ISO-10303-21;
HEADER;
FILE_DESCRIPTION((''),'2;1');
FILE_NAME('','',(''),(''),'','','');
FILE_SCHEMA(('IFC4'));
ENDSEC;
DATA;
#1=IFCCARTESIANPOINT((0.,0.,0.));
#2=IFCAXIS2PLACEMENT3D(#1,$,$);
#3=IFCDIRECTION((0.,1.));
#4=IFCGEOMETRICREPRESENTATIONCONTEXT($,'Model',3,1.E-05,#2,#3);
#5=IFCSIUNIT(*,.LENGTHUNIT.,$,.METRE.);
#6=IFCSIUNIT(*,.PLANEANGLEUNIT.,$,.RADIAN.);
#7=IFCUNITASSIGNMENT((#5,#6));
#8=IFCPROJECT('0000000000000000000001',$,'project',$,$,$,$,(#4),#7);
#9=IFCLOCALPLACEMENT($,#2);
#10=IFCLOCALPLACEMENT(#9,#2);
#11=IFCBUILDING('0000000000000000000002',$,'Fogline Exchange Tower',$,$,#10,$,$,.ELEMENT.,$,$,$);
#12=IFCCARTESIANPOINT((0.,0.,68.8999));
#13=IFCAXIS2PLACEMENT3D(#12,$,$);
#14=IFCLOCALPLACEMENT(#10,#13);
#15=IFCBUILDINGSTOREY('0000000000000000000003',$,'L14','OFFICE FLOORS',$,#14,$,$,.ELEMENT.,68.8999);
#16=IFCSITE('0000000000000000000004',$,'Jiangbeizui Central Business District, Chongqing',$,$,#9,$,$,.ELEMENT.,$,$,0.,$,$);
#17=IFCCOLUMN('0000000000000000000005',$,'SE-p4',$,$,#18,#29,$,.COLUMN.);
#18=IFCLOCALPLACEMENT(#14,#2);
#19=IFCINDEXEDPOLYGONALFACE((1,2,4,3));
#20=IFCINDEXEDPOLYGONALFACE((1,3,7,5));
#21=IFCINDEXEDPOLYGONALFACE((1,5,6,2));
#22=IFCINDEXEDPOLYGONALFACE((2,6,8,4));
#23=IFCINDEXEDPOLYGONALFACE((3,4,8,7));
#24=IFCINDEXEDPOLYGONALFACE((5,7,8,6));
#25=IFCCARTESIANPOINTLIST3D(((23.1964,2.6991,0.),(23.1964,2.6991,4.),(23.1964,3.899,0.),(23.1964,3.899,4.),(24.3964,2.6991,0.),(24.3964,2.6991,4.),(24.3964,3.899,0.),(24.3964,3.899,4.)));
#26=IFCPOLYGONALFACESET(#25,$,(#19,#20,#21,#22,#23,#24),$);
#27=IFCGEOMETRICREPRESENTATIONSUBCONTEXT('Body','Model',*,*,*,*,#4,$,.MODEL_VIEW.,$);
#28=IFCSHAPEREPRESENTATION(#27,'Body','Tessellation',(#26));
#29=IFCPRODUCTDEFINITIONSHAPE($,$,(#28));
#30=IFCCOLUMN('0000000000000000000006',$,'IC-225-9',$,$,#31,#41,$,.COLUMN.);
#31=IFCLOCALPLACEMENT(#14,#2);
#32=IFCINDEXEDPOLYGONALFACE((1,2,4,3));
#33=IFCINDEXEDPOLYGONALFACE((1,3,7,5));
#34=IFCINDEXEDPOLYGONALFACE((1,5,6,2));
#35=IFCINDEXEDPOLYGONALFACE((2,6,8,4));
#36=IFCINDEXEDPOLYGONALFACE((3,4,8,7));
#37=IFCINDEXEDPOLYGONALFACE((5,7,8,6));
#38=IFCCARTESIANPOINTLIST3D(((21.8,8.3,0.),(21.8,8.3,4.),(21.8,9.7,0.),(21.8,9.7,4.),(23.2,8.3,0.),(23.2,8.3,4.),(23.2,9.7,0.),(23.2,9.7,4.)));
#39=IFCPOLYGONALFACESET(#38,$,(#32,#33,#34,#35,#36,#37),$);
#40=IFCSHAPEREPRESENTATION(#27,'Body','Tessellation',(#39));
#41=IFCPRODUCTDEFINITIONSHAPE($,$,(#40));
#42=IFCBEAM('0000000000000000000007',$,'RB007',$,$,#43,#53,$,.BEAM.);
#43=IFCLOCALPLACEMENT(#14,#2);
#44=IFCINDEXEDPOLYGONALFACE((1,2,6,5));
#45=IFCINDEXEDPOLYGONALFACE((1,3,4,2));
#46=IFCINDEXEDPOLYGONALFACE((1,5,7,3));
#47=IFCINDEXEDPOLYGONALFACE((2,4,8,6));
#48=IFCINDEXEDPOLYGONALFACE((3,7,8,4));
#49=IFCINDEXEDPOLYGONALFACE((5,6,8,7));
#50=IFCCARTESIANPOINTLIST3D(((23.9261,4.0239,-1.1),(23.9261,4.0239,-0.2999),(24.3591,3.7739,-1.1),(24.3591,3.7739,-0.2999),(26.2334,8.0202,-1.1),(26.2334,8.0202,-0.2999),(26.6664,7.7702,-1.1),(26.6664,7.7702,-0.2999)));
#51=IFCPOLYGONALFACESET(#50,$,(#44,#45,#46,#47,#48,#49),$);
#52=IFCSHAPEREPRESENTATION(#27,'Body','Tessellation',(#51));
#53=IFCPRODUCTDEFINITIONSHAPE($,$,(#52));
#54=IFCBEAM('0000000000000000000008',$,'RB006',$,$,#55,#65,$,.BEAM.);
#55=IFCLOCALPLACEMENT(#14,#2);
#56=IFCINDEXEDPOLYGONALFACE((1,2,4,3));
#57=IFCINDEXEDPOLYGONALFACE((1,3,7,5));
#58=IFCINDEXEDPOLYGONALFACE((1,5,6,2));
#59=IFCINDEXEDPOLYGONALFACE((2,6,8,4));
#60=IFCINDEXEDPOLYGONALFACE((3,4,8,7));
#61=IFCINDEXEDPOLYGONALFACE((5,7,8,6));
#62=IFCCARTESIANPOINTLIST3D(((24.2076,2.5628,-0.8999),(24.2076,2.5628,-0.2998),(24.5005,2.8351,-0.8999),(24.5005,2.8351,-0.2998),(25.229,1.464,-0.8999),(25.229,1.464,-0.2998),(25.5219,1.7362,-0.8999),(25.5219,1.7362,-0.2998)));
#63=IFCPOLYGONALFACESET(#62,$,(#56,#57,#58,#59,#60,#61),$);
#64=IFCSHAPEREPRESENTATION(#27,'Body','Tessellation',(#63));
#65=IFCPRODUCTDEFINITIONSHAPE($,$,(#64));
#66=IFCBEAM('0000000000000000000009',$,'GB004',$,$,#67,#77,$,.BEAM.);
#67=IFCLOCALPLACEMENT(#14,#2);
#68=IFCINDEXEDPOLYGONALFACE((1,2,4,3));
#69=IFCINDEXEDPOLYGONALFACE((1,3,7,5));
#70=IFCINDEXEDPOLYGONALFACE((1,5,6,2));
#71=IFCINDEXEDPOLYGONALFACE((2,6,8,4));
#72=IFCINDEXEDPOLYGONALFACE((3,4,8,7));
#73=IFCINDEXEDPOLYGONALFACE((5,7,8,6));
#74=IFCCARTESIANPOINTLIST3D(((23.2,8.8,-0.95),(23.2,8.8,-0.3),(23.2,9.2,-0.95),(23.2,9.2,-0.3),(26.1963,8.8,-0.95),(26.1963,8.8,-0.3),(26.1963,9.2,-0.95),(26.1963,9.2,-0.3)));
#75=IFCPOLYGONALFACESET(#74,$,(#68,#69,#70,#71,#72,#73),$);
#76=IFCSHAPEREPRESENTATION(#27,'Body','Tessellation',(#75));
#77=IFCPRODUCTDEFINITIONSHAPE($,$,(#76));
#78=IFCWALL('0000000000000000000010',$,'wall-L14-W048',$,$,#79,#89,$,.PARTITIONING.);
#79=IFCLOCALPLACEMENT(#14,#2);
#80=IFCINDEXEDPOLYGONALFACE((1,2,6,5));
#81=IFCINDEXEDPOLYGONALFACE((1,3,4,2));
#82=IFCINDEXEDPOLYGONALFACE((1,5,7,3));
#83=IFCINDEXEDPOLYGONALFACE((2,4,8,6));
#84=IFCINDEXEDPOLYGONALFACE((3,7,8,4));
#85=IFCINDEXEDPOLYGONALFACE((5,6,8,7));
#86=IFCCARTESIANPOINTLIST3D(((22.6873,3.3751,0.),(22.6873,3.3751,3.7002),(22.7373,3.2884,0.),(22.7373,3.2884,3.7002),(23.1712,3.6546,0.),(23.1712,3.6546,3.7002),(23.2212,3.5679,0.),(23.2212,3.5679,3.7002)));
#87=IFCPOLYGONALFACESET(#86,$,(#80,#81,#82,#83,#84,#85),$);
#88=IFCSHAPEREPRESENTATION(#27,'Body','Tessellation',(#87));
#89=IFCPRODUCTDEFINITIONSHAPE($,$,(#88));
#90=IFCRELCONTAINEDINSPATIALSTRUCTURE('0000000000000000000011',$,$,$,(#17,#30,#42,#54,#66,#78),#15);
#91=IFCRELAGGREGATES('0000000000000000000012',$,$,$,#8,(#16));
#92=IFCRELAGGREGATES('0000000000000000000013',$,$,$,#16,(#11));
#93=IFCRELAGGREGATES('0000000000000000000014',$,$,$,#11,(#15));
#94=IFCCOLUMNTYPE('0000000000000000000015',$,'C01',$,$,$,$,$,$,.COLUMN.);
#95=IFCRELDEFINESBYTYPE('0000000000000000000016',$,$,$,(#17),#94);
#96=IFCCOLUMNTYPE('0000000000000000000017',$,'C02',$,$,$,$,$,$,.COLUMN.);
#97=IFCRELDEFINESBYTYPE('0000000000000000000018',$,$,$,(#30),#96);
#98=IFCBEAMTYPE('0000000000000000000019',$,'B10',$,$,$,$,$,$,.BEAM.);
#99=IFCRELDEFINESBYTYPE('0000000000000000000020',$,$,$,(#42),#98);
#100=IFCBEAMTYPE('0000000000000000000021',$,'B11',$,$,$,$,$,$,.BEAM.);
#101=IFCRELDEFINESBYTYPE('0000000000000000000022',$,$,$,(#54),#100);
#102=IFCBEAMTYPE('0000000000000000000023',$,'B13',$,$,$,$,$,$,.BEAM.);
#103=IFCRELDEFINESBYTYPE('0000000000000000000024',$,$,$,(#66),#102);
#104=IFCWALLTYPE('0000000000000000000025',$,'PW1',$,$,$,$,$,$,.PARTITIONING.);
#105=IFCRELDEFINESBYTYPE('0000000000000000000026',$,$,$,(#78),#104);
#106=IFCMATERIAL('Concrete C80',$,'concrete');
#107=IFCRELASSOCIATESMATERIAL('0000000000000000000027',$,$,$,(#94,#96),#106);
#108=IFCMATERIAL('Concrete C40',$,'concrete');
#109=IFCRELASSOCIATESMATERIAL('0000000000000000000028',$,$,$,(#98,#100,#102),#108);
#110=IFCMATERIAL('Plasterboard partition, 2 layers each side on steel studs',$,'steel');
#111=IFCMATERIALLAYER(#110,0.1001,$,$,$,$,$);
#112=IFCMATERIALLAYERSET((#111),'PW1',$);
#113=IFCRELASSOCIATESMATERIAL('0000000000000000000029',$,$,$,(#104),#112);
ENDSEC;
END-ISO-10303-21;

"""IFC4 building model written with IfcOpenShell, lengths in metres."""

from ifc_helpers import new_model, si_unit, direction, frame, frame_2d, origin, origin_2d, place, context, subcontext, project, spatial, rectangle, extrude, material, layer, layer_set, material_profile, profile_set, type_object, element, save


model = new_model("IFC4")

# Units and contexts
model_context = context("Model", 3, precision=1e-05, world=origin(), true_north=direction((0.0, 1.0)))
body_context = subcontext(model_context, "Body", "Model", "MODEL_VIEW")
ifc_project = project(units=[si_unit("LENGTHUNIT", "METRE"), si_unit("PLANEANGLEUNIT", "RADIAN")], contexts=[model_context])

# Site, building, storey
site_placement = place(None, origin())
site = spatial("IfcSite", under=ifc_project, at=site_placement, Name="Jiangbeizui Central Business District, Chongqing", CompositionType="ELEMENT", RefElevation=0.0)
building_placement = place(site_placement, origin())
building = spatial("IfcBuilding", under=site, at=building_placement, Name="Fogline Exchange Tower", CompositionType="ELEMENT")
storey_placement = place(building_placement, frame((0.0, 0.0, 68.8999)))
storey = spatial("IfcBuildingStorey", under=building, at=storey_placement, Name="L14", Description="OFFICE FLOORS", CompositionType="ELEMENT", Elevation=68.8999)

# Columns
ifc_material_1 = material(Name="Concrete C80", Category="concrete")
ifc_material_profile_1 = material_profile(ifc_material_1, rectangle(XDim=1.2, YDim=1.2, at=origin_2d()), Name="RC 1200x1200")
ifc_profile_set_1 = profile_set([ifc_material_profile_1], Name="Concrete C80")
column_type_1 = type_object("IfcColumnType", Name="C01", PredefinedType="COLUMN", material=ifc_profile_set_1)
column_1_placement = place(storey_placement, frame((23.7964, 3.2991, 0.0), z_axis=(0.0, 0.0, 1.0), x_axis=(1.0, 0.0, 0.0)))
element("IfcColumn", 1, at=column_1_placement, inside=storey, type_object=column_type_1, Name="SE-p4", PredefinedType="COLUMN", context=body_context, shape_type="SweptSolid", body=[
    extrude(rectangle(XDim=1.2, YDim=1.2, at=origin_2d()), origin(), (0.0, 0.0, 1.0), 4.0),
])
ifc_material_profile_2 = material_profile(ifc_material_1, rectangle(XDim=1.3999, YDim=1.3999, at=origin_2d()), Name="RC 1400x1400")
ifc_profile_set_2 = profile_set([ifc_material_profile_2], Name="Concrete C80")
column_type_2 = type_object("IfcColumnType", Name="C02", PredefinedType="COLUMN", material=ifc_profile_set_2)
column_2_placement = place(storey_placement, frame((22.5, 9.0, 0.0), z_axis=(0.0, 0.0, 1.0), x_axis=(1.0, 0.0, 0.0)))
element("IfcColumn", 2, at=column_2_placement, inside=storey, type_object=column_type_2, Name="IC-225-9", PredefinedType="COLUMN", context=body_context, shape_type="SweptSolid", body=[
    extrude(rectangle(XDim=1.3999, YDim=1.3999, at=origin_2d()), origin(), (0.0, 0.0, 1.0), 4.0),
])

# Beams
ifc_material_2 = material(Name="Concrete C40", Category="concrete")
ifc_material_profile_3 = material_profile(ifc_material_2, rectangle(XDim=0.5, YDim=0.8, at=origin_2d()), Name="RC 500x800")
ifc_profile_set_3 = profile_set([ifc_material_profile_3], Name="Concrete C40")
beam_type_1 = type_object("IfcBeamType", Name="B10", PredefinedType="BEAM", material=ifc_profile_set_3)
beam_1_placement = place(storey_placement, frame((24.1426, 3.8989, -0.7), z_axis=(0.500014, 0.866017, 0.0), x_axis=(-0.866017, 0.500014, 0.0)))
element("IfcBeam", 3, at=beam_1_placement, inside=storey, type_object=beam_type_1, Name="RB007", PredefinedType="BEAM", context=body_context, shape_type="SweptSolid", body=[
    extrude(rectangle(XDim=0.5, YDim=0.8, at=origin_2d()), origin(), (0.0, 0.0, 1.0), 4.6145),
])
ifc_material_profile_4 = material_profile(ifc_material_2, rectangle(XDim=0.3999, YDim=0.6001, at=origin_2d()), Name="RC 400x600")
ifc_profile_set_4 = profile_set([ifc_material_profile_4], Name="Concrete C40")
beam_type_2 = type_object("IfcBeamType", Name="B11", PredefinedType="BEAM", material=ifc_profile_set_4)
beam_2_placement = place(storey_placement, frame((25.3755, 1.6001, -0.5999), z_axis=(-0.680844, 0.732428, 0.0), x_axis=(-0.732428, -0.680844, 0.0)))
element("IfcBeam", 4, at=beam_2_placement, inside=storey, type_object=beam_type_2, Name="RB006", PredefinedType="BEAM", context=body_context, shape_type="SweptSolid", body=[
    extrude(rectangle(XDim=0.3999, YDim=0.6001, at=origin_2d()), origin(), (0.0, 0.0, 1.0), 1.5002),
])
ifc_material_profile_5 = material_profile(ifc_material_2, rectangle(XDim=0.3999, YDim=0.6499, at=origin_2d()), Name="RC 400x650")
ifc_profile_set_5 = profile_set([ifc_material_profile_5], Name="Concrete C40")
beam_type_3 = type_object("IfcBeamType", Name="B13", PredefinedType="BEAM", material=ifc_profile_set_5)
beam_3_placement = place(storey_placement, frame((23.2, 9.0, -0.625), z_axis=(1.0, 0.0, 0.0), x_axis=(0.0, 1.0, 0.0)))
element("IfcBeam", 5, at=beam_3_placement, inside=storey, type_object=beam_type_3, Name="GB004", PredefinedType="BEAM", context=body_context, shape_type="SweptSolid", body=[
    extrude(rectangle(XDim=0.3999, YDim=0.6499, at=origin_2d()), origin(), (0.0, 0.0, 1.0), 2.9963),
])

# Wall
ifc_material_3 = material(Name="Plasterboard partition, 2 layers each side on steel studs", Category="steel")
ifc_layer_1 = layer(ifc_material_3, 0.1001)
ifc_layer_set_1 = layer_set([ifc_layer_1], Name="PW1")
wall_type_1 = type_object("IfcWallType", Name="PW1", PredefinedType="PARTITIONING", material=ifc_layer_set_1)
wall_1_placement = place(storey_placement, frame((22.7124, 3.3318, 0.0), z_axis=(0.0, 0.0, 1.0), x_axis=(0.865895, 0.500227, 0.0)))
element("IfcWall", 6, at=wall_1_placement, inside=storey, type_object=wall_type_1, Name="wall-L14-W048", PredefinedType="PARTITIONING", context=body_context, shape_type="SweptSolid", body=[
    extrude(rectangle(XDim=0.5588, YDim=0.1001, at=frame_2d((0.2793, 0.0))), origin(), (0.0, 0.0, 1.0), 3.7002),
])

save(model, "model.ifc")
